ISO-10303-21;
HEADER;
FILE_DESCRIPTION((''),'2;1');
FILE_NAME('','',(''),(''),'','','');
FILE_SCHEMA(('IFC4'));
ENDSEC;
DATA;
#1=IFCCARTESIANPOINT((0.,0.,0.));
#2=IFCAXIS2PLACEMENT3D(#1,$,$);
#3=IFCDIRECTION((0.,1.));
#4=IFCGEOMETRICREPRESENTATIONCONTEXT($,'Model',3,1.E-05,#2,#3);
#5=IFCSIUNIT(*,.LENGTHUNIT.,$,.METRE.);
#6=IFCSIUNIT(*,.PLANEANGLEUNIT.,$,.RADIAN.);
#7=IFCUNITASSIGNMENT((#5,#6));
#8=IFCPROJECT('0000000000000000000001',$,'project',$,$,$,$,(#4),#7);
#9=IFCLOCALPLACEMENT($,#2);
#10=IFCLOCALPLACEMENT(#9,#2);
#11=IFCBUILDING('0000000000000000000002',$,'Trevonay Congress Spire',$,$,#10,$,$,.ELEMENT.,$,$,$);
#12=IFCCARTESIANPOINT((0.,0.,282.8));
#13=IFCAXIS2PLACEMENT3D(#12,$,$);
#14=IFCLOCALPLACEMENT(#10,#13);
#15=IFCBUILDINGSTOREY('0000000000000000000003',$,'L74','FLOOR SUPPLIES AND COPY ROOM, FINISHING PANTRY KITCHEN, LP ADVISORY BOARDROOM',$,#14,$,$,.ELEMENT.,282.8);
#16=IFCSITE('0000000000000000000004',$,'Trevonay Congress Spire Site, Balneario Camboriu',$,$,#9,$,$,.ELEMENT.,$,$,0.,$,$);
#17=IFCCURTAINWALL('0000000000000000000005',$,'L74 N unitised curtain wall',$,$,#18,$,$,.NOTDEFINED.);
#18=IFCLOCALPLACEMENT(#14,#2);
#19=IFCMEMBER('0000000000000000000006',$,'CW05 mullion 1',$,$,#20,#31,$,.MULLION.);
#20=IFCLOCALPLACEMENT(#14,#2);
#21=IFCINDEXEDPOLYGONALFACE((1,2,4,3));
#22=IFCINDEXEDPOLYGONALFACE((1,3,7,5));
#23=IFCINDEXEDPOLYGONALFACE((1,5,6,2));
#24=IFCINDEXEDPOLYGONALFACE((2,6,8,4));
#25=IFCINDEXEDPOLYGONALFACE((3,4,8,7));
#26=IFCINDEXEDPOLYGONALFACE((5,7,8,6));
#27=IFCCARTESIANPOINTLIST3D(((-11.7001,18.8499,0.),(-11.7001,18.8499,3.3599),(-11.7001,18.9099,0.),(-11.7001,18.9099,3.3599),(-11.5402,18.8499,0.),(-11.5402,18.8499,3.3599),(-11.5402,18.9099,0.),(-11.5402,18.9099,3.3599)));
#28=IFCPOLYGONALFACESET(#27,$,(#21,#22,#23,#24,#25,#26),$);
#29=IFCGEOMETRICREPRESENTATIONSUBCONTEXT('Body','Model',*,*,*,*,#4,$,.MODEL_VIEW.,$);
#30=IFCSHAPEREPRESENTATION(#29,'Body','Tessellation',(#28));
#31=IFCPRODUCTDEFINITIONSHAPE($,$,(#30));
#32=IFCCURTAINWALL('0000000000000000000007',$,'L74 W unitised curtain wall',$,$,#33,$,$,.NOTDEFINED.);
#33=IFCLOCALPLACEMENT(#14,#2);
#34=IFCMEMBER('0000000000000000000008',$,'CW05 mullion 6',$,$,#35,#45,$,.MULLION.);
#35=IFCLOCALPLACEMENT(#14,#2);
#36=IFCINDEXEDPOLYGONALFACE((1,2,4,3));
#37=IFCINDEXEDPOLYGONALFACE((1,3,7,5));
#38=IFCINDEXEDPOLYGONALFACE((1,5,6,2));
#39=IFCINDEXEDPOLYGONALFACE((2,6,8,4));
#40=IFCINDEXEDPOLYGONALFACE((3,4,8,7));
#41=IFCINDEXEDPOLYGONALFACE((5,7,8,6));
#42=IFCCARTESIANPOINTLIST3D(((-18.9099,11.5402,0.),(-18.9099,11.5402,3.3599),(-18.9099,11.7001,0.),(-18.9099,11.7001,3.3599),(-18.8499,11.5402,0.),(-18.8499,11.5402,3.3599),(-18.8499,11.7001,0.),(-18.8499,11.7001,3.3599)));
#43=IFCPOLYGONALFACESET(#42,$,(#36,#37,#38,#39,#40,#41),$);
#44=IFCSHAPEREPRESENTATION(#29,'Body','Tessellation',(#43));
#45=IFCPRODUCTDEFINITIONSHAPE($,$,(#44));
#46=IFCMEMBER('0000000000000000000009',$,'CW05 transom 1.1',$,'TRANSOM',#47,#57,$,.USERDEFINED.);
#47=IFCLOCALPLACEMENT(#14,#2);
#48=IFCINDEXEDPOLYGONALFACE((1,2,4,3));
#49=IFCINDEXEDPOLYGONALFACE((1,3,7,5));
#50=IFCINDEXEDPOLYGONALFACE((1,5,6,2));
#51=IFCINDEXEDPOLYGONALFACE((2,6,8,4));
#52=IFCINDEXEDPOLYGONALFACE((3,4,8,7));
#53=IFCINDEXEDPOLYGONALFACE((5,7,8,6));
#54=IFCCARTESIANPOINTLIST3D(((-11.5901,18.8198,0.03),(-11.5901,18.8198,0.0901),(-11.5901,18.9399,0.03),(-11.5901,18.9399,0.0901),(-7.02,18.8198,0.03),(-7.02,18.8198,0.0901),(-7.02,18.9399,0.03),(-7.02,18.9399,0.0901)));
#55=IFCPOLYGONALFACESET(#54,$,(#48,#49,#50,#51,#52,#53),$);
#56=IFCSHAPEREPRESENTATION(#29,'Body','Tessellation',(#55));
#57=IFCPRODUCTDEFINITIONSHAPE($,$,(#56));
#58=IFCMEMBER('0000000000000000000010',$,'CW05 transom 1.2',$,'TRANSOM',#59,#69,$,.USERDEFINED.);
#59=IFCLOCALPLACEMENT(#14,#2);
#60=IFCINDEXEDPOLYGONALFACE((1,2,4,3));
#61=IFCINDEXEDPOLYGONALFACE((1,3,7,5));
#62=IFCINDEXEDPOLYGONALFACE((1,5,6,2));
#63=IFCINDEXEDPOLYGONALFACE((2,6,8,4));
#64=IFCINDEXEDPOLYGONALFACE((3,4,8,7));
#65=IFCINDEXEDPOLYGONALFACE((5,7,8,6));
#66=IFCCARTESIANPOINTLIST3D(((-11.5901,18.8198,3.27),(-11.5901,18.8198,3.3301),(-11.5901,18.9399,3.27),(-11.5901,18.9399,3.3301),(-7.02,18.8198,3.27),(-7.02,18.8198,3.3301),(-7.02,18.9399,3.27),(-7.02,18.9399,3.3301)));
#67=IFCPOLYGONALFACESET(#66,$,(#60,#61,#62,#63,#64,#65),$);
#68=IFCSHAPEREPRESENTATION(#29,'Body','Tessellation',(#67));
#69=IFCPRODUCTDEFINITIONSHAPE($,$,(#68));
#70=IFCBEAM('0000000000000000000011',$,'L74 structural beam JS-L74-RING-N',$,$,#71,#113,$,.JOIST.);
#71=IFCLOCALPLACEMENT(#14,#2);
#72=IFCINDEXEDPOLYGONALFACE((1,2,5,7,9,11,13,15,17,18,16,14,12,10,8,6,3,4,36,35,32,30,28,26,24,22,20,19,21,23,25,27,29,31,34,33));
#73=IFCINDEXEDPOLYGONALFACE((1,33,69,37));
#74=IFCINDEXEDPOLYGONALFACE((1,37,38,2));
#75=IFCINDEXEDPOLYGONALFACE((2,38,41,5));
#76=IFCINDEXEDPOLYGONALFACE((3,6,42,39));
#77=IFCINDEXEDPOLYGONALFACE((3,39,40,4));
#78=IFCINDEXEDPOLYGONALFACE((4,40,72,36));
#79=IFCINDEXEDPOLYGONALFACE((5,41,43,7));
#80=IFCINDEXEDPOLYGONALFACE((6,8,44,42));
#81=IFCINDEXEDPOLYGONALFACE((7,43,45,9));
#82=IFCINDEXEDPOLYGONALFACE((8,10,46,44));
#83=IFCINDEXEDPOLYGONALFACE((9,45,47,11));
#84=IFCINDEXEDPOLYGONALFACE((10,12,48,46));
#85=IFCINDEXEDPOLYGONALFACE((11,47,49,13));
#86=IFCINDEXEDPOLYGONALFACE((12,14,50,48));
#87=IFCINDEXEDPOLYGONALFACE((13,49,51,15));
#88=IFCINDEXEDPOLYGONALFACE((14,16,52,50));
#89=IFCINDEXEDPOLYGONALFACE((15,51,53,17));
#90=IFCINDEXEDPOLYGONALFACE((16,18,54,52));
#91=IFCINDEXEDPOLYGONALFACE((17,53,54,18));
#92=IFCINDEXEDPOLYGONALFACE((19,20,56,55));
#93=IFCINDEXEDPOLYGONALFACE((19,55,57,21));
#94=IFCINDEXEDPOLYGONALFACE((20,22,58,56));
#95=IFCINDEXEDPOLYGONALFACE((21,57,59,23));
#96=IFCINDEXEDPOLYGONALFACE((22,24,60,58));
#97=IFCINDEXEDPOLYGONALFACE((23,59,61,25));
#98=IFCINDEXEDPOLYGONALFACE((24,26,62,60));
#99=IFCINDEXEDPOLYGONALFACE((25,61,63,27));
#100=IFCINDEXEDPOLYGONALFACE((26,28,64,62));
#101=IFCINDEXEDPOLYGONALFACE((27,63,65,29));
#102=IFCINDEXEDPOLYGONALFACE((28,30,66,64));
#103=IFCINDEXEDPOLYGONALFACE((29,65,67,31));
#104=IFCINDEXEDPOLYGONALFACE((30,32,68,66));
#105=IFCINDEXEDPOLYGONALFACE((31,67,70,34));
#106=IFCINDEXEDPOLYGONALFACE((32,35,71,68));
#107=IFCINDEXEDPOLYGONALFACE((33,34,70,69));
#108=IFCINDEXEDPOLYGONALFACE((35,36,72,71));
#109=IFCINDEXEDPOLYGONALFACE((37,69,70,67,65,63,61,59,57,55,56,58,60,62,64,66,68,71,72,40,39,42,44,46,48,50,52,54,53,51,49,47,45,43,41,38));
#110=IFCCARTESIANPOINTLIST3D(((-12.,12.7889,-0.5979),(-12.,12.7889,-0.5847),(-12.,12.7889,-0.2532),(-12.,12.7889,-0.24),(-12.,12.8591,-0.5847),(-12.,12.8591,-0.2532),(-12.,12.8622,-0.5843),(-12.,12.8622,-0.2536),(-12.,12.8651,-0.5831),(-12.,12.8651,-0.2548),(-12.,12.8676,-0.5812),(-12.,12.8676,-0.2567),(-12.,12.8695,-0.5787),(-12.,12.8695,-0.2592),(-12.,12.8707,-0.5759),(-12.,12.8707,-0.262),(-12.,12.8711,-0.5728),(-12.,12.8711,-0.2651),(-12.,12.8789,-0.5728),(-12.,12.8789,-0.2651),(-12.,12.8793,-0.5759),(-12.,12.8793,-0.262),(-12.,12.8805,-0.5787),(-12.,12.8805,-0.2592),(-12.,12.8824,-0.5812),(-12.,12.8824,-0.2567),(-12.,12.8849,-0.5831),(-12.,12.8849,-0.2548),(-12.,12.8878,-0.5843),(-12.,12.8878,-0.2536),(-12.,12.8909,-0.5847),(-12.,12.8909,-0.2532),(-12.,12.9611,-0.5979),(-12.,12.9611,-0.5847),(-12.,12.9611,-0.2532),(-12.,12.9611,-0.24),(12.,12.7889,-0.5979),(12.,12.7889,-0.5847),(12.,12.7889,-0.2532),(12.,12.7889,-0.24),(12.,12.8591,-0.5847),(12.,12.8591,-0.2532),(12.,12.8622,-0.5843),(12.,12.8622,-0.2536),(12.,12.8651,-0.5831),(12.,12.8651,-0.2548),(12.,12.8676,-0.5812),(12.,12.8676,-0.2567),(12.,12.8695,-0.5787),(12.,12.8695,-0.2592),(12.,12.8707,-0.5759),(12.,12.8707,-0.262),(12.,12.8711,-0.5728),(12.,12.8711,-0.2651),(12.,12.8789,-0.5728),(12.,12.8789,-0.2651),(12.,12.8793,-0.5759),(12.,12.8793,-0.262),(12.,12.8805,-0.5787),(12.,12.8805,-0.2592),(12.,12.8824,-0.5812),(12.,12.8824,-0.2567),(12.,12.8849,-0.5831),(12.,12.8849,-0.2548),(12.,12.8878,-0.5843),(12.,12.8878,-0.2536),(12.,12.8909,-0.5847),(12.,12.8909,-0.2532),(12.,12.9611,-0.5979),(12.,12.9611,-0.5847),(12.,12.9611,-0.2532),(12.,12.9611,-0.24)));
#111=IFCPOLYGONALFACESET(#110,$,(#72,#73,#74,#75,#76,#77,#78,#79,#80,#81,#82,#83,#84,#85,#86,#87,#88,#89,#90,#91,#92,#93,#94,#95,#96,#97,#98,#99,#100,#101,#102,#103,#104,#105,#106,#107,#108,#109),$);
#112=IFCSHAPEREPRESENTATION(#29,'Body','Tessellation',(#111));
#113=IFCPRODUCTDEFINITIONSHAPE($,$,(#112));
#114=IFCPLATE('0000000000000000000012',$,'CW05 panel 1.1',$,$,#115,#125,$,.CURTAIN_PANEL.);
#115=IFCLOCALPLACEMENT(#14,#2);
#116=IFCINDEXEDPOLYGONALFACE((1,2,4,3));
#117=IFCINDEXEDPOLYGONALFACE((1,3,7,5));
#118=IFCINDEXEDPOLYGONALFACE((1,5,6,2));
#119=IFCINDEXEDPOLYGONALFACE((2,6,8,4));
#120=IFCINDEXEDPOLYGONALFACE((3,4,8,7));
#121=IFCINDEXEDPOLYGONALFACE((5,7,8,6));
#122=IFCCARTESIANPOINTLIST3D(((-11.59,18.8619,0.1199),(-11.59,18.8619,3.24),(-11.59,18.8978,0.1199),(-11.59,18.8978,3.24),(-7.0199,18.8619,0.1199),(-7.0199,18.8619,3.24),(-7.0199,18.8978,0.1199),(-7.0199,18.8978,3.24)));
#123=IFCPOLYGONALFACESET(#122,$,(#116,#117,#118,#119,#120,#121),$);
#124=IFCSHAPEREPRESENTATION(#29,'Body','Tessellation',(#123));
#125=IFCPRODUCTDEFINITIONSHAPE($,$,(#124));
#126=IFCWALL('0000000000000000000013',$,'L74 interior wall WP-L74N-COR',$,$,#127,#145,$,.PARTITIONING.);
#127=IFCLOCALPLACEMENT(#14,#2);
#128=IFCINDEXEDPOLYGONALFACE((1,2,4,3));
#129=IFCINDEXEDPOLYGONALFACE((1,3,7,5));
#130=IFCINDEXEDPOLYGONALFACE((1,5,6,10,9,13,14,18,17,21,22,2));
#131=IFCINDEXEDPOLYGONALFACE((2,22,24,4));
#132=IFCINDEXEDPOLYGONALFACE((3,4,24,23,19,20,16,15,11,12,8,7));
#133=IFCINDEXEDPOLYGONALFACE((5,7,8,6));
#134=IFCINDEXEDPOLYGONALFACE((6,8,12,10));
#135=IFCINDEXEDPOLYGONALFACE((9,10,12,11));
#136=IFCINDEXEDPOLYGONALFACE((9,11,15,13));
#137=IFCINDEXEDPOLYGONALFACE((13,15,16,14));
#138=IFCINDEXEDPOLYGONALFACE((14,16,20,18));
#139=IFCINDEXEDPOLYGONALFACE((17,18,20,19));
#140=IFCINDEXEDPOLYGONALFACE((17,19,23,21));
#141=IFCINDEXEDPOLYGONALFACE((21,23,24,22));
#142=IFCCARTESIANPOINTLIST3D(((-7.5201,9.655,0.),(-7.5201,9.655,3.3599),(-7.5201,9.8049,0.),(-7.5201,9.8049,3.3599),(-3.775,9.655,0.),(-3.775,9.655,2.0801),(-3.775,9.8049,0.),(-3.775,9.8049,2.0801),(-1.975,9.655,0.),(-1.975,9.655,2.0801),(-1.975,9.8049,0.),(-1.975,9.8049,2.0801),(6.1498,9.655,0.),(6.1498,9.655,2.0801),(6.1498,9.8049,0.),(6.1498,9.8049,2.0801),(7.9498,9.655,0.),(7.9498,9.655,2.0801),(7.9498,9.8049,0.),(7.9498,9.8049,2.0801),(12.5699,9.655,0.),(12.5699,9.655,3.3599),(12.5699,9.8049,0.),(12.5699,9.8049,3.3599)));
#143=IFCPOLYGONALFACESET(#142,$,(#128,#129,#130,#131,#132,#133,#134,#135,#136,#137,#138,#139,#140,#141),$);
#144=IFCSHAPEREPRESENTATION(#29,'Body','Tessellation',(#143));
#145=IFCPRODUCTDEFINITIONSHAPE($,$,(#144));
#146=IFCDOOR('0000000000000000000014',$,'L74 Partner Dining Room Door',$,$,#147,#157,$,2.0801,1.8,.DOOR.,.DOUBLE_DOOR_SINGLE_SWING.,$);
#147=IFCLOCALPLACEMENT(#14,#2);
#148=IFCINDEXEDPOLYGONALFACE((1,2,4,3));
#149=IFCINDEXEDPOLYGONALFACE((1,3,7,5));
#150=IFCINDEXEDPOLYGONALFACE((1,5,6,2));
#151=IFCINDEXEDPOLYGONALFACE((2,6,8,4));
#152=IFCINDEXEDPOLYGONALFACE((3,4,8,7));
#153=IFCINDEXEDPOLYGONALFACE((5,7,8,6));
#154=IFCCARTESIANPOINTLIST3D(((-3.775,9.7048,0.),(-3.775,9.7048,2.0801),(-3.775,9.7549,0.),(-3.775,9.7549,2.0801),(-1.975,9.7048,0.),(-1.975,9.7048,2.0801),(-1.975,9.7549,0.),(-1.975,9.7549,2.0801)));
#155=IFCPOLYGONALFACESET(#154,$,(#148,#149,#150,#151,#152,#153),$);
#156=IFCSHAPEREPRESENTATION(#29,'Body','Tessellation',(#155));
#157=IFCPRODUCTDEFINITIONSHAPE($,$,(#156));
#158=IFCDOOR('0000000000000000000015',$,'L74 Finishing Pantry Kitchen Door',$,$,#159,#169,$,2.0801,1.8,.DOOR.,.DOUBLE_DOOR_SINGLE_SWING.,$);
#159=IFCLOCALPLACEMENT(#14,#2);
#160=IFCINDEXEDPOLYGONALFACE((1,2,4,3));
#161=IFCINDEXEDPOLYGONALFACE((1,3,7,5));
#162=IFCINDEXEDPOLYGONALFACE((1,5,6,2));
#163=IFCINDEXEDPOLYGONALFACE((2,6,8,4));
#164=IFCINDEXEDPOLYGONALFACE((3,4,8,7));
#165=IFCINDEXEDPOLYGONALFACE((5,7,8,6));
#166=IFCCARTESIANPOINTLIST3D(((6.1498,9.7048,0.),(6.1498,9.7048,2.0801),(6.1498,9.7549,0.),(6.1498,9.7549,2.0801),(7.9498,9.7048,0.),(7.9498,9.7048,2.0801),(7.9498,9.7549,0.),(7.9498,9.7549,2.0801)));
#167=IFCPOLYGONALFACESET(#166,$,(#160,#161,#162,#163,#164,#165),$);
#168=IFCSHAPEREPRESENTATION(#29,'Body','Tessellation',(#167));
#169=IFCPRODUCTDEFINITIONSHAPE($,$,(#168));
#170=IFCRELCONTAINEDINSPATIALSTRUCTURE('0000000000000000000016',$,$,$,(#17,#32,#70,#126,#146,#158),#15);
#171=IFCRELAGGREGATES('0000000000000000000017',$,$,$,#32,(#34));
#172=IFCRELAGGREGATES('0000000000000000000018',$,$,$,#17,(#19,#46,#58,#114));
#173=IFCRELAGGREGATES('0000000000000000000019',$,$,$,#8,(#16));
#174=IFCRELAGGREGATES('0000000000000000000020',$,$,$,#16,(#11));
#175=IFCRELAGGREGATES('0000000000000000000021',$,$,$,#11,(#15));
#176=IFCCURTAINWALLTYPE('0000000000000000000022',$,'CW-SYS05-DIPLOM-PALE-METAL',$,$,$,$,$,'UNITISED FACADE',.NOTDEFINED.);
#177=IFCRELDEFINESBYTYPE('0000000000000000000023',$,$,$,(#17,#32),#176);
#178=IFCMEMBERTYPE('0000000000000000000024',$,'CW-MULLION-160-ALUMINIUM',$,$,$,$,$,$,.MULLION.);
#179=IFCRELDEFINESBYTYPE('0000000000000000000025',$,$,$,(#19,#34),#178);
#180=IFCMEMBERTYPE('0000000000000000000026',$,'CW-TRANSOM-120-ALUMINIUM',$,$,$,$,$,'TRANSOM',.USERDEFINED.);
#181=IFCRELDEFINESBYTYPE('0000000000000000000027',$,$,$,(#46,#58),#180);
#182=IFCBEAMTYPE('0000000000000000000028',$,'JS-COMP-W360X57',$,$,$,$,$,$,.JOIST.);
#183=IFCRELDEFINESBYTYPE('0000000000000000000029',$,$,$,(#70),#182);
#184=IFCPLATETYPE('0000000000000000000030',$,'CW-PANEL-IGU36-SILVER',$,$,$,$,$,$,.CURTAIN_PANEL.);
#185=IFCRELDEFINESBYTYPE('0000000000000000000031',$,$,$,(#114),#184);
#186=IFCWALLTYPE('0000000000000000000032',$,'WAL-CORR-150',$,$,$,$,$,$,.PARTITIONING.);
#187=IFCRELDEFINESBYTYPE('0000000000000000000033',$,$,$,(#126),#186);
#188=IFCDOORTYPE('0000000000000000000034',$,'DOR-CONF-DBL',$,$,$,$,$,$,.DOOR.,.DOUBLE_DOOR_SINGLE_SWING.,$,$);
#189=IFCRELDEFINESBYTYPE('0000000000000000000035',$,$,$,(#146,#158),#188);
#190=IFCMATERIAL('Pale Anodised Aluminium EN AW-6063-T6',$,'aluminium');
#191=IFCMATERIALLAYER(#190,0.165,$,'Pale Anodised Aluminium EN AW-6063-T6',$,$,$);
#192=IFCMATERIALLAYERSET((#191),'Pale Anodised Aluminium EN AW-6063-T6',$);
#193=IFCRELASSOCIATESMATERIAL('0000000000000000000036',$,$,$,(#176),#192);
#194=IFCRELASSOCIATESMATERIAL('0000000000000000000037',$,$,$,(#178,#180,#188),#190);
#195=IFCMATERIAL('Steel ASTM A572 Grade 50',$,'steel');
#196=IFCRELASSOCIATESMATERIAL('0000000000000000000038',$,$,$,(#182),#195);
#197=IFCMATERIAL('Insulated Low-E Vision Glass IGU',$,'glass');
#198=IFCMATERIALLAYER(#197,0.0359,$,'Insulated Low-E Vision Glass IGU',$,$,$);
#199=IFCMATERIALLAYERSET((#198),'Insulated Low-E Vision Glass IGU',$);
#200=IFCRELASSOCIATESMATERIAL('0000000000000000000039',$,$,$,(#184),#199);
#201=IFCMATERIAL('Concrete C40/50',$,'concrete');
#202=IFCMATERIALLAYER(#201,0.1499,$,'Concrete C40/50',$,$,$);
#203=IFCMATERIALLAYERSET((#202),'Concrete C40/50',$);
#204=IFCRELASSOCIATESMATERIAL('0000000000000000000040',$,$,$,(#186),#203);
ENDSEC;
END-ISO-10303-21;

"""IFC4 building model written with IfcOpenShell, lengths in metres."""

from ifc_helpers import new_model, si_unit, direction, frame, frame_2d, origin, origin_2d, place, context, subcontext, project, spatial, rectangle, i_section, extrude, material, layer, layer_set, material_profile, profile_set, type_object, element, fill, aggregate, save


model = new_model("IFC4")

# Units and contexts
model_context = context("Model", 3, precision=1e-05, world=origin(), true_north=direction((0.0, 1.0)))
body_context = subcontext(model_context, "Body", "Model", "MODEL_VIEW")
ifc_project = project(units=[si_unit("LENGTHUNIT", "METRE"), si_unit("PLANEANGLEUNIT", "RADIAN")], contexts=[model_context])

# Site, building, storey
site_placement = place(None, origin())
site = spatial("IfcSite", under=ifc_project, at=site_placement, Name="Trevonay Congress Spire Site, Balneario Camboriu", CompositionType="ELEMENT", RefElevation=0.0)
building_placement = place(site_placement, origin())
building = spatial("IfcBuilding", under=site, at=building_placement, Name="Trevonay Congress Spire", CompositionType="ELEMENT")
storey_placement = place(building_placement, frame((0.0, 0.0, 282.8)))
storey = spatial("IfcBuildingStorey", under=building, at=storey_placement, Name="L74", Description="FLOOR SUPPLIES AND COPY ROOM, FINISHING PANTRY KITCHEN, LP ADVISORY BOARDROOM", CompositionType="ELEMENT", Elevation=282.8)

# Shared definitions
ifc_material_1 = material(Name="Steel ASTM A572 Grade 50", Category="steel")

# Curtain walls, members
ifc_material_2 = material(Name="Pale Anodised Aluminium EN AW-6063-T6", Category="aluminium")
ifc_layer_1 = layer(ifc_material_2, 0.165, Name="Pale Anodised Aluminium EN AW-6063-T6")
ifc_layer_set_1 = layer_set([ifc_layer_1], Name="Pale Anodised Aluminium EN AW-6063-T6")
curtain_wall_type = type_object("IfcCurtainWallType", Name="CW-SYS05-DIPLOM-PALE-METAL", ElementType="UNITISED FACADE", PredefinedType="NOTDEFINED", material=ifc_layer_set_1)
curtain_wall_1_placement = place(storey_placement, origin())
curtain_wall_1 = element("IfcCurtainWall", 1, at=curtain_wall_1_placement, inside=storey, type_object=curtain_wall_type, Name="L74 N unitised curtain wall", PredefinedType="NOTDEFINED")
ifc_material_profile_1 = material_profile(ifc_material_2, rectangle(XDim=0.0601, YDim=0.1599, at=origin_2d()), Name="CW-MULLION-160-ALUMINIUM")
ifc_profile_set_1 = profile_set([ifc_material_profile_1], Name="Pale Anodised Aluminium EN AW-6063-T6")
member_type_1 = type_object("IfcMemberType", Name="CW-MULLION-160-ALUMINIUM", PredefinedType="MULLION", material=ifc_profile_set_1)
member_1_placement = place(storey_placement, frame((-11.6201, 18.8799, 0.0), z_axis=(0.0, 0.0, 1.0), x_axis=(0.0, 1.0, 0.0)))
member_1 = element("IfcMember", 2, at=member_1_placement, type_object=member_type_1, Name="CW05 mullion 1", PredefinedType="MULLION", context=body_context, shape_type="SweptSolid", body=[
    extrude(rectangle(XDim=0.0601, YDim=0.1599, at=origin_2d()), origin(), (0.0, 0.0, 1.0), 3.3599),
])
curtain_wall_2_placement = place(storey_placement, origin())
curtain_wall_2 = element("IfcCurtainWall", 3, at=curtain_wall_2_placement, inside=storey, type_object=curtain_wall_type, Name="L74 W unitised curtain wall", PredefinedType="NOTDEFINED")
member_2_placement = place(storey_placement, frame((-18.8799, 11.6201, 0.0), z_axis=(0.0, 0.0, 1.0), x_axis=(-1.0, 0.0, 0.0)))
member_2 = element("IfcMember", 4, at=member_2_placement, type_object=member_type_1, Name="CW05 mullion 6", PredefinedType="MULLION", context=body_context, shape_type="SweptSolid", body=[
    extrude(rectangle(XDim=0.0601, YDim=0.1599, at=origin_2d()), origin(), (0.0, 0.0, 1.0), 3.3599),
])
aggregate(curtain_wall_2, [member_2])

# Members
ifc_material_profile_2 = material_profile(ifc_material_2, rectangle(XDim=0.1201, YDim=0.0601, at=origin_2d()), Name="CW-TRANSOM-120-ALUMINIUM")
ifc_profile_set_2 = profile_set([ifc_material_profile_2], Name="Pale Anodised Aluminium EN AW-6063-T6")
member_type_2 = type_object("IfcMemberType", Name="CW-TRANSOM-120-ALUMINIUM", ElementType="TRANSOM", PredefinedType="USERDEFINED", material=ifc_profile_set_2)
member_3_placement = place(storey_placement, frame((-11.5901, 18.8799, 0.0601), z_axis=(1.0, 0.0, 0.0), x_axis=(0.0, 1.0, 0.0)))
member_3 = element("IfcMember", 5, at=member_3_placement, type_object=member_type_2, Name="CW05 transom 1.1", ObjectType="TRANSOM", PredefinedType="USERDEFINED", context=body_context, shape_type="SweptSolid", body=[
    extrude(rectangle(XDim=0.1201, YDim=0.0601, at=origin_2d()), origin(), (0.0, 0.0, 1.0), 4.5701),
])
member_4_placement = place(storey_placement, frame((-11.5901, 18.8799, 3.3), z_axis=(1.0, 0.0, 0.0), x_axis=(0.0, 1.0, 0.0)))
member_4 = element("IfcMember", 6, at=member_4_placement, type_object=member_type_2, Name="CW05 transom 1.2", ObjectType="TRANSOM", PredefinedType="USERDEFINED", context=body_context, shape_type="SweptSolid", body=[
    extrude(rectangle(XDim=0.1201, YDim=0.0601, at=origin_2d()), origin(), (0.0, 0.0, 1.0), 4.5701),
])

# Beam
ifc_material_profile_3 = material_profile(ifc_material_1, i_section(OverallWidth=0.1721, OverallDepth=0.3579, WebThickness=0.0078, FlangeThickness=0.0132, FilletRadius=0.012, at=origin_2d()), Name="W360x57.8")
ifc_profile_set_3 = profile_set([ifc_material_profile_3], Name="Steel ASTM A572 Grade 50")
beam_type_1 = type_object("IfcBeamType", Name="JS-COMP-W360X57", PredefinedType="JOIST", material=ifc_profile_set_3)
beam_1_placement = place(storey_placement, frame((-12.0, 12.875, -0.4189), z_axis=(1.0, 0.0, 0.0), x_axis=(0.0, 1.0, 0.0)))
element("IfcBeam", 7, at=beam_1_placement, inside=storey, type_object=beam_type_1, Name="L74 structural beam JS-L74-RING-N", PredefinedType="JOIST", context=body_context, shape_type="SweptSolid", body=[
    extrude(i_section(OverallWidth=0.1721, OverallDepth=0.3579, WebThickness=0.0078, FlangeThickness=0.0132, FilletRadius=0.012, at=origin_2d()), origin(), (0.0, 0.0, 1.0), 24.0),
])

# Plate
ifc_material_3 = material(Name="Insulated Low-E Vision Glass IGU", Category="glass")
ifc_layer_2 = layer(ifc_material_3, 0.0359, Name="Insulated Low-E Vision Glass IGU")
ifc_layer_set_2 = layer_set([ifc_layer_2], Name="Insulated Low-E Vision Glass IGU")
plate_type = type_object("IfcPlateType", Name="CW-PANEL-IGU36-SILVER", PredefinedType="CURTAIN_PANEL", material=ifc_layer_set_2)
plate_placement = place(storey_placement, frame((-9.3049, 18.8799, 0.1199), z_axis=(0.0, 0.0, 1.0), x_axis=(1.0, 0.0, 0.0)))
plate = element("IfcPlate", 8, at=plate_placement, type_object=plate_type, Name="CW05 panel 1.1", PredefinedType="CURTAIN_PANEL", context=body_context, shape_type="SweptSolid", body=[
    extrude(rectangle(XDim=4.5701, YDim=0.0359, at=origin_2d()), origin(), (0.0, 0.0, 1.0), 3.1201),
])
aggregate(curtain_wall_1, [member_1, member_3, member_4, plate])

# Wall, openings, doors
ifc_material_4 = material(Name="Concrete C40/50", Category="concrete")
ifc_layer_3 = layer(ifc_material_4, 0.1499, Name="Concrete C40/50")
ifc_layer_set_3 = layer_set([ifc_layer_3], Name="Concrete C40/50")
wall_type_1 = type_object("IfcWallType", Name="WAL-CORR-150", PredefinedType="PARTITIONING", material=ifc_layer_set_3)
wall_1_placement = place(storey_placement, frame((-7.52, 9.73, 0.0), z_axis=(0.0, 0.0, 1.0), x_axis=(1.0, 0.0, 0.0)))
wall_1 = element("IfcWall", 9, at=wall_1_placement, inside=storey, type_object=wall_type_1, Name="L74 interior wall WP-L74N-COR", PredefinedType="PARTITIONING", context=body_context, shape_type="SweptSolid", body=[
    extrude(rectangle(XDim=20.0901, YDim=0.1499, at=frame_2d((10.0449, 0.0))), origin(), (0.0, 0.0, 1.0), 3.3599),
])
opening_1_placement = place(wall_1_placement, frame((3.7451, 0.0, 0.0)))
opening_1 = element("IfcOpeningElement", 10, at=opening_1_placement, cuts=wall_1, PredefinedType="OPENING", context=body_context, shape_type="SweptSolid", body=[
    extrude(rectangle(XDim=1.8, YDim=2.0801, at=frame_2d((0.8999, 1.04))), frame((0.0, 0.085, 0.0), z_axis=(0.0, -1.0, 0.0), x_axis=(1.0, 0.0, 0.0)), (0.0, 0.0, 1.0), 0.1699),
])
opening_2_placement = place(wall_1_placement, frame((13.6699, 0.0, 0.0)))
opening_2 = element("IfcOpeningElement", 11, at=opening_2_placement, cuts=wall_1, PredefinedType="OPENING", context=body_context, shape_type="SweptSolid", body=[
    extrude(rectangle(XDim=1.8, YDim=2.0801, at=frame_2d((0.8999, 1.04))), frame((0.0, 0.085, 0.0), z_axis=(0.0, -1.0, 0.0), x_axis=(1.0, 0.0, 0.0)), (0.0, 0.0, 1.0), 0.1699),
])
door_type = type_object("IfcDoorType", Name="DOR-CONF-DBL", OperationType="DOUBLE_DOOR_SINGLE_SWING", PredefinedType="DOOR", material=ifc_material_2)
door_1_placement = place(opening_1_placement, origin())
door_1 = element("IfcDoor", 12, at=door_1_placement, inside=storey, type_object=door_type, Name="L74 Partner Dining Room Door", OperationType="DOUBLE_DOOR_SINGLE_SWING", OverallHeight=2.0801, OverallWidth=1.8, PredefinedType="DOOR", context=body_context, shape_type="SweptSolid", body=[
    extrude(rectangle(XDim=1.8, YDim=2.0801, at=frame_2d((0.8999, 1.04))), frame((0.0, 0.0249, 0.0), z_axis=(0.0, -1.0, 0.0), x_axis=(1.0, 0.0, 0.0)), (0.0, 0.0, 1.0), 0.05),
])
fill(opening_1, door_1)
door_2_placement = place(opening_2_placement, origin())
door_2 = element("IfcDoor", 13, at=door_2_placement, inside=storey, type_object=door_type, Name="L74 Finishing Pantry Kitchen Door", OperationType="DOUBLE_DOOR_SINGLE_SWING", OverallHeight=2.0801, OverallWidth=1.8, PredefinedType="DOOR", context=body_context, shape_type="SweptSolid", body=[
    extrude(rectangle(XDim=1.8, YDim=2.0801, at=frame_2d((0.8999, 1.04))), frame((0.0, 0.0249, 0.0), z_axis=(0.0, -1.0, 0.0), x_axis=(1.0, 0.0, 0.0)), (0.0, 0.0, 1.0), 0.05),
])
fill(opening_2, door_2)

save(model, "model.ifc")
